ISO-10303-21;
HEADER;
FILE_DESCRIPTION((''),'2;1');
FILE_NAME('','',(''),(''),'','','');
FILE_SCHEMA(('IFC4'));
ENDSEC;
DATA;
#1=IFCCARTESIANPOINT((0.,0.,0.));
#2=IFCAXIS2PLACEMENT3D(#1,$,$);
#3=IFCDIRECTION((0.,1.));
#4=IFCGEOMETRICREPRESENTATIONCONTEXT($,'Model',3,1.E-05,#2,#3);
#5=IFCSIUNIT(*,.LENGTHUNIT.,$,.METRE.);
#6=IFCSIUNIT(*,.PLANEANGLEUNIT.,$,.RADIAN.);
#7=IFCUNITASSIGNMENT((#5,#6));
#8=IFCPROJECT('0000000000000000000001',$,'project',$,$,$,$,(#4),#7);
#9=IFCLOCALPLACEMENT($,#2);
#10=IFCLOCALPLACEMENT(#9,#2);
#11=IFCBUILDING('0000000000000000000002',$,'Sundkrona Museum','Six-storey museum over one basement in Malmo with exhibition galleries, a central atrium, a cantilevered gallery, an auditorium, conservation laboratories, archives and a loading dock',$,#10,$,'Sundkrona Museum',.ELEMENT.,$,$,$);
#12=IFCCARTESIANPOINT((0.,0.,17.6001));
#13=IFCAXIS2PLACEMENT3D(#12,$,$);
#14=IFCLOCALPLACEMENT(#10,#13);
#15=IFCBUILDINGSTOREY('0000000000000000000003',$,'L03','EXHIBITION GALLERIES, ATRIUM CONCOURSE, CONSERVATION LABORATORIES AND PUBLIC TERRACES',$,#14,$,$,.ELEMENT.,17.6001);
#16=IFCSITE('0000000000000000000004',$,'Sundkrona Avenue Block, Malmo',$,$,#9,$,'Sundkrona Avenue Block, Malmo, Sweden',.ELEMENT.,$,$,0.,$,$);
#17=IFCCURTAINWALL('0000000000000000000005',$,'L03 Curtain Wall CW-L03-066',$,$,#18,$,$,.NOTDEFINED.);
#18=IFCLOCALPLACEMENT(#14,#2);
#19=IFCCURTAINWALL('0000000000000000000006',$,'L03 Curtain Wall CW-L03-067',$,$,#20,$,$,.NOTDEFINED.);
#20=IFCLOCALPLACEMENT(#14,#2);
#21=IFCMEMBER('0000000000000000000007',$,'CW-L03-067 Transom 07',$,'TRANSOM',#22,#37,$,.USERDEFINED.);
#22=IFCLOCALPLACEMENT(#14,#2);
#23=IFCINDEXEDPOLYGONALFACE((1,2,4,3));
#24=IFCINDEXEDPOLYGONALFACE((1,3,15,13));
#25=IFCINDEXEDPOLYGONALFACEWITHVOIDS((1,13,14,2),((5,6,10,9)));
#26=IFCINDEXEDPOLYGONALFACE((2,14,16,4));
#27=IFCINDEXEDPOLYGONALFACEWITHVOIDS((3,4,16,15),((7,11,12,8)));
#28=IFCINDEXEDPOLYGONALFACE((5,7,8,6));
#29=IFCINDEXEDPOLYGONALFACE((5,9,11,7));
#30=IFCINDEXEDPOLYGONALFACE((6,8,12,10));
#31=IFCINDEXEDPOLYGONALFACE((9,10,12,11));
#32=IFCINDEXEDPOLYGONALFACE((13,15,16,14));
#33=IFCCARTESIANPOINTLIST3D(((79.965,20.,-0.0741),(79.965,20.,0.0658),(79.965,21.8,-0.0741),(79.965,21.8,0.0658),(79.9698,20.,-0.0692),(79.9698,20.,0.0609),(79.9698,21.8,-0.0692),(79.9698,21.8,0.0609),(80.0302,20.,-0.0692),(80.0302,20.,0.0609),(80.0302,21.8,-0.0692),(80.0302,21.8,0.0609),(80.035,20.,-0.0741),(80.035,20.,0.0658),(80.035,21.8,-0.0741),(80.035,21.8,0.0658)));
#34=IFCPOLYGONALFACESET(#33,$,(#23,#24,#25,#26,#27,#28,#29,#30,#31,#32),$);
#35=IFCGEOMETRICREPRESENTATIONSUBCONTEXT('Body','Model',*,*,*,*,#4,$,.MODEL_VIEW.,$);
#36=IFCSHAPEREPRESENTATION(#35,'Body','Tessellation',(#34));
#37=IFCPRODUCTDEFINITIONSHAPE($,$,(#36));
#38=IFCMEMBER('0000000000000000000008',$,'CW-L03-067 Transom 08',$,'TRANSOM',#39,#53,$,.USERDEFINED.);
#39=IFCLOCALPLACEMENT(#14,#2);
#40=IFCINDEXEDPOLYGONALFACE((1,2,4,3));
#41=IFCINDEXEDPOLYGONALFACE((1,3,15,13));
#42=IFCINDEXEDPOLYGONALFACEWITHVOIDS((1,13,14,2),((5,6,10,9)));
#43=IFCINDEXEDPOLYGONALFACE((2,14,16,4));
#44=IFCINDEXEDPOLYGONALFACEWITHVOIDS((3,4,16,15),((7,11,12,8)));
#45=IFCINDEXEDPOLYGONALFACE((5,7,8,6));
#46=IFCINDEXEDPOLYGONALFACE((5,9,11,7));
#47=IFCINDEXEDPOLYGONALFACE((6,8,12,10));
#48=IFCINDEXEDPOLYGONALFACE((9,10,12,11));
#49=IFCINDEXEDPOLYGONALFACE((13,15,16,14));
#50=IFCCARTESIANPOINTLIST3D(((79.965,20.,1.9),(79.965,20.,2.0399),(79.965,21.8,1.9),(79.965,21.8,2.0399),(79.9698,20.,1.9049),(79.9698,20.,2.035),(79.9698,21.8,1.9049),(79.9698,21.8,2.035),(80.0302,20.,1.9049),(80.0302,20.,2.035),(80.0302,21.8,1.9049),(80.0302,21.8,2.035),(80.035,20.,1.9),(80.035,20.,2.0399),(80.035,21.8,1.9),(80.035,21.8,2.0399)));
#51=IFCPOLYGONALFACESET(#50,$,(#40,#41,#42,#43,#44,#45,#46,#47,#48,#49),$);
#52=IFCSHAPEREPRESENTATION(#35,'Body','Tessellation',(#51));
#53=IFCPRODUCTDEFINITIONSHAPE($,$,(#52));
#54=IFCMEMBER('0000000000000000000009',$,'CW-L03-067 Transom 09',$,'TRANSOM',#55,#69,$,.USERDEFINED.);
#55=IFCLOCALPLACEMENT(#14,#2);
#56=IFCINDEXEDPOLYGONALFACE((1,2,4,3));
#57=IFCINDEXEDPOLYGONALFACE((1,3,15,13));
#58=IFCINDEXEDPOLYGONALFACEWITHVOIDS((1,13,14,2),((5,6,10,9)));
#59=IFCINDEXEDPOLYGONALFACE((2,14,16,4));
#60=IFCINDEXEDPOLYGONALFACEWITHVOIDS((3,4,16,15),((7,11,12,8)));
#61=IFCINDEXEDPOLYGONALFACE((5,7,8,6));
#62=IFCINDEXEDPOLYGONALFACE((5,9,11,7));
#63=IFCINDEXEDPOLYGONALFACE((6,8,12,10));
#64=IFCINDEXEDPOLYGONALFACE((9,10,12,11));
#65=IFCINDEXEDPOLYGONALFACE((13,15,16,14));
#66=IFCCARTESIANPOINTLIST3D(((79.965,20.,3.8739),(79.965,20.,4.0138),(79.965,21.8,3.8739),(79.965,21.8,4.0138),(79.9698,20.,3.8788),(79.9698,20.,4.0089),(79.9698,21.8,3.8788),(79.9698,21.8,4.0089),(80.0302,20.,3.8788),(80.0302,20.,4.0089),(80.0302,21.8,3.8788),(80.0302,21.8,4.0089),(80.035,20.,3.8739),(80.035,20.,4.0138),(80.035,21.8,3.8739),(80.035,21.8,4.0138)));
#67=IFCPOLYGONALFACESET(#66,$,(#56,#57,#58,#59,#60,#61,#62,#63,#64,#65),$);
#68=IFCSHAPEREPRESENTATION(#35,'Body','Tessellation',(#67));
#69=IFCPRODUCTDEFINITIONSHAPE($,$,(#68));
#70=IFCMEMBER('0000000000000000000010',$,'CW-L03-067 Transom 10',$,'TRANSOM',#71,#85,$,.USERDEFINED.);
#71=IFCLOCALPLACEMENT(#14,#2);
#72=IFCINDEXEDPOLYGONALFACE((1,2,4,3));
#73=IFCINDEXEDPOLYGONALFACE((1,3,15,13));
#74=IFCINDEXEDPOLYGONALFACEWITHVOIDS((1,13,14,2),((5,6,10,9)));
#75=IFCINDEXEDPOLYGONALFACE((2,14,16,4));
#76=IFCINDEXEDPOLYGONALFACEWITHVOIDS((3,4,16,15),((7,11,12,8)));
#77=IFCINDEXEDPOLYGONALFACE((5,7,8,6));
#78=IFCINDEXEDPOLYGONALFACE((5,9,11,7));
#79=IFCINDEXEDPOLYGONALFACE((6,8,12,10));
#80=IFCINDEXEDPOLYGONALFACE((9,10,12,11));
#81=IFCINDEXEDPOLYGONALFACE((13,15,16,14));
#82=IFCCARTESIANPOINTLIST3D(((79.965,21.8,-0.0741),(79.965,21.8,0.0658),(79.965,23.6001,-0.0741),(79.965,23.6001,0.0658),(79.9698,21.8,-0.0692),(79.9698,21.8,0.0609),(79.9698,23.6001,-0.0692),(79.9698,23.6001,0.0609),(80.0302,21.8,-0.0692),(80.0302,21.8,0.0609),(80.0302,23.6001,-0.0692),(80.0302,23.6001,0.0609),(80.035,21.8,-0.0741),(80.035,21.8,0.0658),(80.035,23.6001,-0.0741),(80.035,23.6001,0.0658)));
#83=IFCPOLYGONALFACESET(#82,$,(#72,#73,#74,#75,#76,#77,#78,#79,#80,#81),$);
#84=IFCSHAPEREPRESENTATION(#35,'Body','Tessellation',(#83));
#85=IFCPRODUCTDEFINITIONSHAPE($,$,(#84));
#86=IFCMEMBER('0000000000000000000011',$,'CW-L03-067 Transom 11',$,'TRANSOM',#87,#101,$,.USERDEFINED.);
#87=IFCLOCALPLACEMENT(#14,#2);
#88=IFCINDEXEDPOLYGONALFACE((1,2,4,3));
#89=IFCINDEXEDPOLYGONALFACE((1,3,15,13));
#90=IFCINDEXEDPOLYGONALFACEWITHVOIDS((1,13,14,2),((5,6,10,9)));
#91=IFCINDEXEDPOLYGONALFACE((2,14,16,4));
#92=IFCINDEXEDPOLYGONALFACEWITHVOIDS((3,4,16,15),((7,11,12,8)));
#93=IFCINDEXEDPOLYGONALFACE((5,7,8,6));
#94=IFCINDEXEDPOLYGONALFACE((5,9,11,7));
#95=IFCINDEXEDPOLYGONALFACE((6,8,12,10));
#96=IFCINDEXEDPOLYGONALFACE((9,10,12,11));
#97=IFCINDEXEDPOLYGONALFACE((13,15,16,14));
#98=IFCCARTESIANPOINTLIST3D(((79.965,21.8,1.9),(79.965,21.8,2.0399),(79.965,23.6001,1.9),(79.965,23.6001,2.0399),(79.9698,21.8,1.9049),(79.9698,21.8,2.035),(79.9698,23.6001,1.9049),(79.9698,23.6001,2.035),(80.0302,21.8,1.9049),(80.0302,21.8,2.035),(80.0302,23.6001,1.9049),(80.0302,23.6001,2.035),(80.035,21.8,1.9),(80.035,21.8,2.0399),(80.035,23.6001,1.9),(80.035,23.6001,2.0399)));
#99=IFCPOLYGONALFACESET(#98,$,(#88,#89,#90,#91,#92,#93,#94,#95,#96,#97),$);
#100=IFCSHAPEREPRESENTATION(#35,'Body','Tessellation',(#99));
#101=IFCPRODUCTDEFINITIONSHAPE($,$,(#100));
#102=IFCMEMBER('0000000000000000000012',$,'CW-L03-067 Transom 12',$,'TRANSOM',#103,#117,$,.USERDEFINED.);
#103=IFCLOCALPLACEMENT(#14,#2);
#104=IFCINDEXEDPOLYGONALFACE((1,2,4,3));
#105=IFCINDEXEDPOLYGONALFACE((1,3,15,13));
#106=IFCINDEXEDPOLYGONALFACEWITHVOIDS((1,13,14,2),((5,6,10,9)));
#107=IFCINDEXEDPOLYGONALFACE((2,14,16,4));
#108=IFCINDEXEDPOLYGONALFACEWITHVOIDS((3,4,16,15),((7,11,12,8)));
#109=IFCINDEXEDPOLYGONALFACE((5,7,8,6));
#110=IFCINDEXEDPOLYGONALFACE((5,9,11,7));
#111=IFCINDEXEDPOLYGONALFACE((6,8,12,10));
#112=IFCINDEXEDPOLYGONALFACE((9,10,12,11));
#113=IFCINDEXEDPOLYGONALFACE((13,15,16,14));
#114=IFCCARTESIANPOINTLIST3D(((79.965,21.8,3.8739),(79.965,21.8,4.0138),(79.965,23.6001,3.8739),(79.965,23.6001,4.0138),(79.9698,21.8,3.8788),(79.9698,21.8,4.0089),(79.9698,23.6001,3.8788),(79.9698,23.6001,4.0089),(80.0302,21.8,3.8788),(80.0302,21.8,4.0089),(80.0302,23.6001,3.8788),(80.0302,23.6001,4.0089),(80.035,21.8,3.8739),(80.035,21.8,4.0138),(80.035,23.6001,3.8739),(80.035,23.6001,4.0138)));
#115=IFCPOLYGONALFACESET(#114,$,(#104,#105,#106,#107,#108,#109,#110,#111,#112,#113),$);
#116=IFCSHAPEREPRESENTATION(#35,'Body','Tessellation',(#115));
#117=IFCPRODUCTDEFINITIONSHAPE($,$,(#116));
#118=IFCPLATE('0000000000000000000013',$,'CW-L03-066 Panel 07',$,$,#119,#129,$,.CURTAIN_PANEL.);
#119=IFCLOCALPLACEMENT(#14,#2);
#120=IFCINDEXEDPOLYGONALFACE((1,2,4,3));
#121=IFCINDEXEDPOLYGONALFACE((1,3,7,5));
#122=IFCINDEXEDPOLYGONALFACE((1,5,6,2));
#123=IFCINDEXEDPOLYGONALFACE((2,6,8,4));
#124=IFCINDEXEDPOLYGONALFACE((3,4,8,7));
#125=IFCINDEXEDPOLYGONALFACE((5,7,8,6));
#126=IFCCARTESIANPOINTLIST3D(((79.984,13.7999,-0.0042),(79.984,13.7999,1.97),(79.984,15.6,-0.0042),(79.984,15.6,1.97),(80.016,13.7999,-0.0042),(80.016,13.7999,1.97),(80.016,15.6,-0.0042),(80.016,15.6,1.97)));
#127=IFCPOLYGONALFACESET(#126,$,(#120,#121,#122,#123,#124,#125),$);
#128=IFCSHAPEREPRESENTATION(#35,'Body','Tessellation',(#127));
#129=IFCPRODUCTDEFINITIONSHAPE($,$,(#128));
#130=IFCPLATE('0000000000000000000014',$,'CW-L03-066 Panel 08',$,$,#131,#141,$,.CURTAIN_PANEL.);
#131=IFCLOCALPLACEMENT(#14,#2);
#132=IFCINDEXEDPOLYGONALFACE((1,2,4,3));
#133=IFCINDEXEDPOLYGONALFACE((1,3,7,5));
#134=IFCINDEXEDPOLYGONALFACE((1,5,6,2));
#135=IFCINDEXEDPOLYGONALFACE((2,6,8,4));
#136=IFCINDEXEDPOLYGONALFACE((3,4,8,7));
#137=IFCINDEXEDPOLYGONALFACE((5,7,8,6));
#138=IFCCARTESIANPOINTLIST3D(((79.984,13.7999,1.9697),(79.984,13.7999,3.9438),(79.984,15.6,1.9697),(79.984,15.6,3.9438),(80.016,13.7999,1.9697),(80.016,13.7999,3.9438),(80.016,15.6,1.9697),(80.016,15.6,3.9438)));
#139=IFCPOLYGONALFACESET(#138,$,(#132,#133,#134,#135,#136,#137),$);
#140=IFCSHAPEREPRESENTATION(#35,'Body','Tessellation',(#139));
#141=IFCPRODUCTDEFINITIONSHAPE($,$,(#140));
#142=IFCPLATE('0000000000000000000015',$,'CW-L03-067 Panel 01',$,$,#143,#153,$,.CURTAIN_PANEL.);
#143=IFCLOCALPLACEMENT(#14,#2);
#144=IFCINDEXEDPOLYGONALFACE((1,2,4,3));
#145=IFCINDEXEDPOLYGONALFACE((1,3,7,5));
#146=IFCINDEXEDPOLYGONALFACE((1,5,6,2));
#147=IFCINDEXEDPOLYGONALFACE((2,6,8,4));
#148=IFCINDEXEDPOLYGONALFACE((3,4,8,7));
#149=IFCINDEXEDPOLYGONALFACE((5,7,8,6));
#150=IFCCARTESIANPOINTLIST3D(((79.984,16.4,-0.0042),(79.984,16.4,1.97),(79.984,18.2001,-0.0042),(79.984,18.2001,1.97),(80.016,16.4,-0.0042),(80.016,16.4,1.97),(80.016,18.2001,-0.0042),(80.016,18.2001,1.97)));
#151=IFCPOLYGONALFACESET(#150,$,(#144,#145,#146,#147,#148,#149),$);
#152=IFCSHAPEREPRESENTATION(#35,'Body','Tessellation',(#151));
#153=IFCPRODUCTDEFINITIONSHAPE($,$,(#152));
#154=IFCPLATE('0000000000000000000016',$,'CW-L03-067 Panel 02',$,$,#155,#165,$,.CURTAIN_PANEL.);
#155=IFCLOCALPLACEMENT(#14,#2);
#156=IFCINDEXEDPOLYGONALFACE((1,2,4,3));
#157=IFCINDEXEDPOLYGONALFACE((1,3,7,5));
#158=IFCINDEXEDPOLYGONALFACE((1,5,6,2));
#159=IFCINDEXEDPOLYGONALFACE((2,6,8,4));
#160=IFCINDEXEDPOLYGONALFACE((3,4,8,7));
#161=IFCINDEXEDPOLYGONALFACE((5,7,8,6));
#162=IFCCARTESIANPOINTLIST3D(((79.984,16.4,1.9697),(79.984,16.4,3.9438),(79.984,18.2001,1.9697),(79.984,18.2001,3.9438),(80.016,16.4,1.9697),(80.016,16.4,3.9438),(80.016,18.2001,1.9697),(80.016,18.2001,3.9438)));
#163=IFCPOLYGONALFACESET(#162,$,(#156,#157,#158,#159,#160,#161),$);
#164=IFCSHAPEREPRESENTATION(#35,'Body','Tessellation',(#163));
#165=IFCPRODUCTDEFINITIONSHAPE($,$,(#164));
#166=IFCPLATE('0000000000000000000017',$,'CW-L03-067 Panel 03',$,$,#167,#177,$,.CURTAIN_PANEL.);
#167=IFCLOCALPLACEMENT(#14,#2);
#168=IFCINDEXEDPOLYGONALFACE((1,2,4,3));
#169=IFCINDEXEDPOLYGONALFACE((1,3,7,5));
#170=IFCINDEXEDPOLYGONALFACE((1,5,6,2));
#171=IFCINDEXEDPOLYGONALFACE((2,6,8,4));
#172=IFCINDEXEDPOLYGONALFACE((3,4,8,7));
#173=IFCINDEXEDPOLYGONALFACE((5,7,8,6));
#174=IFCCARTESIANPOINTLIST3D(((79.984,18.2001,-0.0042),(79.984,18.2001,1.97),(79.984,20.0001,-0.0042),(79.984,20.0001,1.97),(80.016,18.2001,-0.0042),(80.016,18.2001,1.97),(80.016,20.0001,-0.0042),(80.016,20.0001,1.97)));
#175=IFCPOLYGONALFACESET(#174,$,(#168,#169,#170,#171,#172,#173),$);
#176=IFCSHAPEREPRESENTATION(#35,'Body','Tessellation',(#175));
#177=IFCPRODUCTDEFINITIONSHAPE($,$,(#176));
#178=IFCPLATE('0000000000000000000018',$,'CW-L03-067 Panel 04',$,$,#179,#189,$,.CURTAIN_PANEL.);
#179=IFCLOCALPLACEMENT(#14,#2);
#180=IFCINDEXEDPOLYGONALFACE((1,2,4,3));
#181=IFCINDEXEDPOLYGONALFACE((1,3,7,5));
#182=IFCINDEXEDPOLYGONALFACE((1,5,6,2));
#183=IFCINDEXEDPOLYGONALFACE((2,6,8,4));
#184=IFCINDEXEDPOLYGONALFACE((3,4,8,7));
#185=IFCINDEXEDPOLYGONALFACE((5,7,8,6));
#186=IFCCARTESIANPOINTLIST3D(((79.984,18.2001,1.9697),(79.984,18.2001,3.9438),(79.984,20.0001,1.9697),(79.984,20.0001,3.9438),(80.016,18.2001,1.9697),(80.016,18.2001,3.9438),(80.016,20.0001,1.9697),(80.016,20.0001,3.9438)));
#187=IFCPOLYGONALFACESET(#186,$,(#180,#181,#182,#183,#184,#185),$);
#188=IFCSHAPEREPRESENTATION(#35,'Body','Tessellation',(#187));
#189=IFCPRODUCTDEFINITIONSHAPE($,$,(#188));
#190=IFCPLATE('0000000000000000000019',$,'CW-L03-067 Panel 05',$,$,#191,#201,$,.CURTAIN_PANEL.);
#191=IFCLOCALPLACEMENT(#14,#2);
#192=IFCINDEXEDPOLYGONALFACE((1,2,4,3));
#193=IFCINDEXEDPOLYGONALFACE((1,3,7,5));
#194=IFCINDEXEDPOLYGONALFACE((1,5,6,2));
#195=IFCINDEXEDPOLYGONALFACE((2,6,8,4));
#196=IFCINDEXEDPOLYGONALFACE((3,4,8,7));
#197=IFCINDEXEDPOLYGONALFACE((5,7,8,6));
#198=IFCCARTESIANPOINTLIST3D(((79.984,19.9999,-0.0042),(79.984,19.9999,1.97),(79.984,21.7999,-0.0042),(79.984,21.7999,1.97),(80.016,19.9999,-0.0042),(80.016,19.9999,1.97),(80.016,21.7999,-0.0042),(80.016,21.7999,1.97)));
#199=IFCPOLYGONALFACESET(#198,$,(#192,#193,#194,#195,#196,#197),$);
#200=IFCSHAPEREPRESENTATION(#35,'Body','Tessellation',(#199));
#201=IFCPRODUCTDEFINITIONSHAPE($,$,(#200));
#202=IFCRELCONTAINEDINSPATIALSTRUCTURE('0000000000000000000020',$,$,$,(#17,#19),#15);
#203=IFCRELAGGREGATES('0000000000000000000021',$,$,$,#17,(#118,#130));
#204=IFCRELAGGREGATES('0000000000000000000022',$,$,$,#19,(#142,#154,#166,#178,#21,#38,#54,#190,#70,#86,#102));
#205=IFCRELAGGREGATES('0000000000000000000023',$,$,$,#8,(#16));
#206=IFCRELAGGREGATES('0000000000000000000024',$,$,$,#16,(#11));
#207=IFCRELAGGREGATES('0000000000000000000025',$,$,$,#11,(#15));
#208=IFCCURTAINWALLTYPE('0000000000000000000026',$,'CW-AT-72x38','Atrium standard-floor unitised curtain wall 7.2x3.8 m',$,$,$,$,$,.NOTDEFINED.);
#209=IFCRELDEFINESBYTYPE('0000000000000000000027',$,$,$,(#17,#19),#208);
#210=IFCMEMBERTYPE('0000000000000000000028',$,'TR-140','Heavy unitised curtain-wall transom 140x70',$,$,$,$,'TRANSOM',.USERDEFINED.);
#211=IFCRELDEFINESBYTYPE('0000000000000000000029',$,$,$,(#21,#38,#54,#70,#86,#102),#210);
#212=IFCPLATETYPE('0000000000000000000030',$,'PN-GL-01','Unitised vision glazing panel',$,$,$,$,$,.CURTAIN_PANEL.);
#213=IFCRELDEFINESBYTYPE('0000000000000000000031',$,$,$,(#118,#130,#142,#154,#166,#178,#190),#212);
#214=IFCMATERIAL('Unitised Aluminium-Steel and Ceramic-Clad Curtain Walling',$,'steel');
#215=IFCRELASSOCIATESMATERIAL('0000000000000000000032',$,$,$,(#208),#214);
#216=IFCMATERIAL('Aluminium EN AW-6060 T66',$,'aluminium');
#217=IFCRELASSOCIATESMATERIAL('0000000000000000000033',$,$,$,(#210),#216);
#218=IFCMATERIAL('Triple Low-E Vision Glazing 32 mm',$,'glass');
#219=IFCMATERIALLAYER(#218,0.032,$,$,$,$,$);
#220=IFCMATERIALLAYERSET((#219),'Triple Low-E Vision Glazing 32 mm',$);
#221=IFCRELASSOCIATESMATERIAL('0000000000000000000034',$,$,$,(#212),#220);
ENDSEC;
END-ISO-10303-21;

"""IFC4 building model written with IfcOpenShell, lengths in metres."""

from ifc_helpers import new_model, si_unit, direction, frame, origin, origin_2d, place, context, subcontext, project, spatial, rectangle, hollow_rectangle, extrude, material, layer, layer_set, material_profile, profile_set, type_object, element, aggregate, save


model = new_model("IFC4")

# Units and contexts
model_context = context("Model", 3, precision=1e-05, world=origin(), true_north=direction((0.0, 1.0)))
body_context = subcontext(model_context, "Body", "Model", "MODEL_VIEW")
ifc_project = project(units=[si_unit("LENGTHUNIT", "METRE"), si_unit("PLANEANGLEUNIT", "RADIAN")], contexts=[model_context])

# Site, building, storey
site_placement = place(None, origin())
site = spatial("IfcSite", under=ifc_project, at=site_placement, Name="Sundkrona Avenue Block, Malmo", LongName="Sundkrona Avenue Block, Malmo, Sweden", CompositionType="ELEMENT", RefElevation=0.0)
building_placement = place(site_placement, origin())
building = spatial("IfcBuilding", under=site, at=building_placement, Name="Sundkrona Museum", Description="Six-storey museum over one basement in Malmo with exhibition galleries, a central atrium, a cantilevered gallery, an auditorium, conservation laboratories, archives and a loading dock", LongName="Sundkrona Museum", CompositionType="ELEMENT")
storey_placement = place(building_placement, frame((0.0, 0.0, 17.6001)))
storey = spatial("IfcBuildingStorey", under=building, at=storey_placement, Name="L03", Description="EXHIBITION GALLERIES, ATRIUM CONCOURSE, CONSERVATION LABORATORIES AND PUBLIC TERRACES", CompositionType="ELEMENT", Elevation=17.6001)

# Curtain wall
ifc_material_1 = material(Name="Unitised Aluminium-Steel and Ceramic-Clad Curtain Walling", Category="steel")
curtain_wall_type = type_object("IfcCurtainWallType", Name="CW-AT-72x38", Description="Atrium standard-floor unitised curtain wall 7.2x3.8 m", PredefinedType="NOTDEFINED", material=ifc_material_1)
curtain_wall_1_placement = place(storey_placement, origin())
curtain_wall_1 = element("IfcCurtainWall", 1, at=curtain_wall_1_placement, inside=storey, type_object=curtain_wall_type, Name="L03 Curtain Wall CW-L03-066", PredefinedType="NOTDEFINED")
ifc_material_2 = material(Name="Aluminium EN AW-6060 T66", Category="aluminium")

# Curtain wall
curtain_wall_2_placement = place(storey_placement, origin())
curtain_wall_2 = element("IfcCurtainWall", 2, at=curtain_wall_2_placement, inside=storey, type_object=curtain_wall_type, Name="L03 Curtain Wall CW-L03-067", PredefinedType="NOTDEFINED")

# Members
ifc_material_profile_1 = material_profile(ifc_material_2, hollow_rectangle(XDim=0.0701, YDim=0.1399, WallThickness=0.0049, at=origin_2d()), Name="RHS 140x70x5.0")
ifc_profile_set_1 = profile_set([ifc_material_profile_1], Name="Aluminium EN AW-6060 T66")
member_type_1 = type_object("IfcMemberType", Name="TR-140", Description="Heavy unitised curtain-wall transom 140x70", ElementType="TRANSOM", PredefinedType="USERDEFINED", material=ifc_profile_set_1)
member_1_placement = place(storey_placement, frame((80.0, 20.0, -0.0042), z_axis=(0.0, 1.0, 0.0), x_axis=(-1.0, 0.0, 0.0)))
member_1 = element("IfcMember", 3, at=member_1_placement, type_object=member_type_1, Name="CW-L03-067 Transom 07", ObjectType="TRANSOM", PredefinedType="USERDEFINED", context=body_context, shape_type="SweptSolid", body=[
    extrude(hollow_rectangle(XDim=0.0701, YDim=0.1399, WallThickness=0.0049, at=origin_2d()), origin(), (0.0, 0.0, 1.0), 1.8),
])
member_2_placement = place(storey_placement, frame((80.0, 20.0, 1.97), z_axis=(0.0, 1.0, 0.0), x_axis=(-1.0, 0.0, 0.0)))
member_2 = element("IfcMember", 4, at=member_2_placement, type_object=member_type_1, Name="CW-L03-067 Transom 08", ObjectType="TRANSOM", PredefinedType="USERDEFINED", context=body_context, shape_type="SweptSolid", body=[
    extrude(hollow_rectangle(XDim=0.0701, YDim=0.1399, WallThickness=0.0049, at=origin_2d()), origin(), (0.0, 0.0, 1.0), 1.8),
])
member_3_placement = place(storey_placement, frame((80.0, 20.0, 3.9438), z_axis=(0.0, 1.0, 0.0), x_axis=(-1.0, 0.0, 0.0)))
member_3 = element("IfcMember", 5, at=member_3_placement, type_object=member_type_1, Name="CW-L03-067 Transom 09", ObjectType="TRANSOM", PredefinedType="USERDEFINED", context=body_context, shape_type="SweptSolid", body=[
    extrude(hollow_rectangle(XDim=0.0701, YDim=0.1399, WallThickness=0.0049, at=origin_2d()), origin(), (0.0, 0.0, 1.0), 1.8),
])
member_4_placement = place(storey_placement, frame((80.0, 21.8, -0.0042), z_axis=(0.0, 1.0, 0.0), x_axis=(-1.0, 0.0, 0.0)))
member_4 = element("IfcMember", 6, at=member_4_placement, type_object=member_type_1, Name="CW-L03-067 Transom 10", ObjectType="TRANSOM", PredefinedType="USERDEFINED", context=body_context, shape_type="SweptSolid", body=[
    extrude(hollow_rectangle(XDim=0.0701, YDim=0.1399, WallThickness=0.0049, at=origin_2d()), origin(), (0.0, 0.0, 1.0), 1.8),
])
member_5_placement = place(storey_placement, frame((80.0, 21.8, 1.97), z_axis=(0.0, 1.0, 0.0), x_axis=(-1.0, 0.0, 0.0)))
member_5 = element("IfcMember", 7, at=member_5_placement, type_object=member_type_1, Name="CW-L03-067 Transom 11", ObjectType="TRANSOM", PredefinedType="USERDEFINED", context=body_context, shape_type="SweptSolid", body=[
    extrude(hollow_rectangle(XDim=0.0701, YDim=0.1399, WallThickness=0.0049, at=origin_2d()), origin(), (0.0, 0.0, 1.0), 1.8),
])
member_6_placement = place(storey_placement, frame((80.0, 21.8, 3.9438), z_axis=(0.0, 1.0, 0.0), x_axis=(-1.0, 0.0, 0.0)))
member_6 = element("IfcMember", 8, at=member_6_placement, type_object=member_type_1, Name="CW-L03-067 Transom 12", ObjectType="TRANSOM", PredefinedType="USERDEFINED", context=body_context, shape_type="SweptSolid", body=[
    extrude(hollow_rectangle(XDim=0.0701, YDim=0.1399, WallThickness=0.0049, at=origin_2d()), origin(), (0.0, 0.0, 1.0), 1.8),
])

# Plates
ifc_material_3 = material(Name="Triple Low-E Vision Glazing 32 mm", Category="glass")
ifc_layer = layer(ifc_material_3, 0.032)
ifc_layer_set = layer_set([ifc_layer], Name="Triple Low-E Vision Glazing 32 mm")
plate_type = type_object("IfcPlateType", Name="PN-GL-01", Description="Unitised vision glazing panel", PredefinedType="CURTAIN_PANEL", material=ifc_layer_set)
plate_1_placement = place(storey_placement, frame((80.0, 14.7, -0.0042), z_axis=(0.0, 0.0, 1.0), x_axis=(0.0, 1.0, 0.0)))
plate_1 = element("IfcPlate", 9, at=plate_1_placement, type_object=plate_type, Name="CW-L03-066 Panel 07", PredefinedType="CURTAIN_PANEL", context=body_context, shape_type="SweptSolid", body=[
    extrude(rectangle(XDim=1.8, YDim=0.032, at=origin_2d()), origin(), (0.0, 0.0, 1.0), 1.9741),
])
plate_2_placement = place(storey_placement, frame((80.0, 14.7, 1.9697), z_axis=(0.0, 0.0, 1.0), x_axis=(0.0, 1.0, 0.0)))
plate_2 = element("IfcPlate", 10, at=plate_2_placement, type_object=plate_type, Name="CW-L03-066 Panel 08", PredefinedType="CURTAIN_PANEL", context=body_context, shape_type="SweptSolid", body=[
    extrude(rectangle(XDim=1.8, YDim=0.032, at=origin_2d()), origin(), (0.0, 0.0, 1.0), 1.9741),
])
aggregate(curtain_wall_1, [plate_1, plate_2])
plate_3_placement = place(storey_placement, frame((80.0, 17.3, -0.0042), z_axis=(0.0, 0.0, 1.0), x_axis=(0.0, 1.0, 0.0)))
plate_3 = element("IfcPlate", 11, at=plate_3_placement, type_object=plate_type, Name="CW-L03-067 Panel 01", PredefinedType="CURTAIN_PANEL", context=body_context, shape_type="SweptSolid", body=[
    extrude(rectangle(XDim=1.8, YDim=0.032, at=origin_2d()), origin(), (0.0, 0.0, 1.0), 1.9741),
])
plate_4_placement = place(storey_placement, frame((80.0, 17.3, 1.9697), z_axis=(0.0, 0.0, 1.0), x_axis=(0.0, 1.0, 0.0)))
plate_4 = element("IfcPlate", 12, at=plate_4_placement, type_object=plate_type, Name="CW-L03-067 Panel 02", PredefinedType="CURTAIN_PANEL", context=body_context, shape_type="SweptSolid", body=[
    extrude(rectangle(XDim=1.8, YDim=0.032, at=origin_2d()), origin(), (0.0, 0.0, 1.0), 1.9741),
])
plate_5_placement = place(storey_placement, frame((80.0, 19.1001, -0.0042), z_axis=(0.0, 0.0, 1.0), x_axis=(0.0, 1.0, 0.0)))
plate_5 = element("IfcPlate", 13, at=plate_5_placement, type_object=plate_type, Name="CW-L03-067 Panel 03", PredefinedType="CURTAIN_PANEL", context=body_context, shape_type="SweptSolid", body=[
    extrude(rectangle(XDim=1.8, YDim=0.032, at=origin_2d()), origin(), (0.0, 0.0, 1.0), 1.9741),
])
plate_6_placement = place(storey_placement, frame((80.0, 19.1001, 1.9697), z_axis=(0.0, 0.0, 1.0), x_axis=(0.0, 1.0, 0.0)))
plate_6 = element("IfcPlate", 14, at=plate_6_placement, type_object=plate_type, Name="CW-L03-067 Panel 04", PredefinedType="CURTAIN_PANEL", context=body_context, shape_type="SweptSolid", body=[
    extrude(rectangle(XDim=1.8, YDim=0.032, at=origin_2d()), origin(), (0.0, 0.0, 1.0), 1.9741),
])
plate_7_placement = place(storey_placement, frame((80.0, 20.8999, -0.0042), z_axis=(0.0, 0.0, 1.0), x_axis=(0.0, 1.0, 0.0)))
plate_7 = element("IfcPlate", 15, at=plate_7_placement, type_object=plate_type, Name="CW-L03-067 Panel 05", PredefinedType="CURTAIN_PANEL", context=body_context, shape_type="SweptSolid", body=[
    extrude(rectangle(XDim=1.8, YDim=0.032, at=origin_2d()), origin(), (0.0, 0.0, 1.0), 1.9741),
])
aggregate(curtain_wall_2, [plate_3, plate_4, plate_5, plate_6, member_1, member_2, member_3, plate_7, member_4, member_5, member_6])

save(model, "model.ifc")
